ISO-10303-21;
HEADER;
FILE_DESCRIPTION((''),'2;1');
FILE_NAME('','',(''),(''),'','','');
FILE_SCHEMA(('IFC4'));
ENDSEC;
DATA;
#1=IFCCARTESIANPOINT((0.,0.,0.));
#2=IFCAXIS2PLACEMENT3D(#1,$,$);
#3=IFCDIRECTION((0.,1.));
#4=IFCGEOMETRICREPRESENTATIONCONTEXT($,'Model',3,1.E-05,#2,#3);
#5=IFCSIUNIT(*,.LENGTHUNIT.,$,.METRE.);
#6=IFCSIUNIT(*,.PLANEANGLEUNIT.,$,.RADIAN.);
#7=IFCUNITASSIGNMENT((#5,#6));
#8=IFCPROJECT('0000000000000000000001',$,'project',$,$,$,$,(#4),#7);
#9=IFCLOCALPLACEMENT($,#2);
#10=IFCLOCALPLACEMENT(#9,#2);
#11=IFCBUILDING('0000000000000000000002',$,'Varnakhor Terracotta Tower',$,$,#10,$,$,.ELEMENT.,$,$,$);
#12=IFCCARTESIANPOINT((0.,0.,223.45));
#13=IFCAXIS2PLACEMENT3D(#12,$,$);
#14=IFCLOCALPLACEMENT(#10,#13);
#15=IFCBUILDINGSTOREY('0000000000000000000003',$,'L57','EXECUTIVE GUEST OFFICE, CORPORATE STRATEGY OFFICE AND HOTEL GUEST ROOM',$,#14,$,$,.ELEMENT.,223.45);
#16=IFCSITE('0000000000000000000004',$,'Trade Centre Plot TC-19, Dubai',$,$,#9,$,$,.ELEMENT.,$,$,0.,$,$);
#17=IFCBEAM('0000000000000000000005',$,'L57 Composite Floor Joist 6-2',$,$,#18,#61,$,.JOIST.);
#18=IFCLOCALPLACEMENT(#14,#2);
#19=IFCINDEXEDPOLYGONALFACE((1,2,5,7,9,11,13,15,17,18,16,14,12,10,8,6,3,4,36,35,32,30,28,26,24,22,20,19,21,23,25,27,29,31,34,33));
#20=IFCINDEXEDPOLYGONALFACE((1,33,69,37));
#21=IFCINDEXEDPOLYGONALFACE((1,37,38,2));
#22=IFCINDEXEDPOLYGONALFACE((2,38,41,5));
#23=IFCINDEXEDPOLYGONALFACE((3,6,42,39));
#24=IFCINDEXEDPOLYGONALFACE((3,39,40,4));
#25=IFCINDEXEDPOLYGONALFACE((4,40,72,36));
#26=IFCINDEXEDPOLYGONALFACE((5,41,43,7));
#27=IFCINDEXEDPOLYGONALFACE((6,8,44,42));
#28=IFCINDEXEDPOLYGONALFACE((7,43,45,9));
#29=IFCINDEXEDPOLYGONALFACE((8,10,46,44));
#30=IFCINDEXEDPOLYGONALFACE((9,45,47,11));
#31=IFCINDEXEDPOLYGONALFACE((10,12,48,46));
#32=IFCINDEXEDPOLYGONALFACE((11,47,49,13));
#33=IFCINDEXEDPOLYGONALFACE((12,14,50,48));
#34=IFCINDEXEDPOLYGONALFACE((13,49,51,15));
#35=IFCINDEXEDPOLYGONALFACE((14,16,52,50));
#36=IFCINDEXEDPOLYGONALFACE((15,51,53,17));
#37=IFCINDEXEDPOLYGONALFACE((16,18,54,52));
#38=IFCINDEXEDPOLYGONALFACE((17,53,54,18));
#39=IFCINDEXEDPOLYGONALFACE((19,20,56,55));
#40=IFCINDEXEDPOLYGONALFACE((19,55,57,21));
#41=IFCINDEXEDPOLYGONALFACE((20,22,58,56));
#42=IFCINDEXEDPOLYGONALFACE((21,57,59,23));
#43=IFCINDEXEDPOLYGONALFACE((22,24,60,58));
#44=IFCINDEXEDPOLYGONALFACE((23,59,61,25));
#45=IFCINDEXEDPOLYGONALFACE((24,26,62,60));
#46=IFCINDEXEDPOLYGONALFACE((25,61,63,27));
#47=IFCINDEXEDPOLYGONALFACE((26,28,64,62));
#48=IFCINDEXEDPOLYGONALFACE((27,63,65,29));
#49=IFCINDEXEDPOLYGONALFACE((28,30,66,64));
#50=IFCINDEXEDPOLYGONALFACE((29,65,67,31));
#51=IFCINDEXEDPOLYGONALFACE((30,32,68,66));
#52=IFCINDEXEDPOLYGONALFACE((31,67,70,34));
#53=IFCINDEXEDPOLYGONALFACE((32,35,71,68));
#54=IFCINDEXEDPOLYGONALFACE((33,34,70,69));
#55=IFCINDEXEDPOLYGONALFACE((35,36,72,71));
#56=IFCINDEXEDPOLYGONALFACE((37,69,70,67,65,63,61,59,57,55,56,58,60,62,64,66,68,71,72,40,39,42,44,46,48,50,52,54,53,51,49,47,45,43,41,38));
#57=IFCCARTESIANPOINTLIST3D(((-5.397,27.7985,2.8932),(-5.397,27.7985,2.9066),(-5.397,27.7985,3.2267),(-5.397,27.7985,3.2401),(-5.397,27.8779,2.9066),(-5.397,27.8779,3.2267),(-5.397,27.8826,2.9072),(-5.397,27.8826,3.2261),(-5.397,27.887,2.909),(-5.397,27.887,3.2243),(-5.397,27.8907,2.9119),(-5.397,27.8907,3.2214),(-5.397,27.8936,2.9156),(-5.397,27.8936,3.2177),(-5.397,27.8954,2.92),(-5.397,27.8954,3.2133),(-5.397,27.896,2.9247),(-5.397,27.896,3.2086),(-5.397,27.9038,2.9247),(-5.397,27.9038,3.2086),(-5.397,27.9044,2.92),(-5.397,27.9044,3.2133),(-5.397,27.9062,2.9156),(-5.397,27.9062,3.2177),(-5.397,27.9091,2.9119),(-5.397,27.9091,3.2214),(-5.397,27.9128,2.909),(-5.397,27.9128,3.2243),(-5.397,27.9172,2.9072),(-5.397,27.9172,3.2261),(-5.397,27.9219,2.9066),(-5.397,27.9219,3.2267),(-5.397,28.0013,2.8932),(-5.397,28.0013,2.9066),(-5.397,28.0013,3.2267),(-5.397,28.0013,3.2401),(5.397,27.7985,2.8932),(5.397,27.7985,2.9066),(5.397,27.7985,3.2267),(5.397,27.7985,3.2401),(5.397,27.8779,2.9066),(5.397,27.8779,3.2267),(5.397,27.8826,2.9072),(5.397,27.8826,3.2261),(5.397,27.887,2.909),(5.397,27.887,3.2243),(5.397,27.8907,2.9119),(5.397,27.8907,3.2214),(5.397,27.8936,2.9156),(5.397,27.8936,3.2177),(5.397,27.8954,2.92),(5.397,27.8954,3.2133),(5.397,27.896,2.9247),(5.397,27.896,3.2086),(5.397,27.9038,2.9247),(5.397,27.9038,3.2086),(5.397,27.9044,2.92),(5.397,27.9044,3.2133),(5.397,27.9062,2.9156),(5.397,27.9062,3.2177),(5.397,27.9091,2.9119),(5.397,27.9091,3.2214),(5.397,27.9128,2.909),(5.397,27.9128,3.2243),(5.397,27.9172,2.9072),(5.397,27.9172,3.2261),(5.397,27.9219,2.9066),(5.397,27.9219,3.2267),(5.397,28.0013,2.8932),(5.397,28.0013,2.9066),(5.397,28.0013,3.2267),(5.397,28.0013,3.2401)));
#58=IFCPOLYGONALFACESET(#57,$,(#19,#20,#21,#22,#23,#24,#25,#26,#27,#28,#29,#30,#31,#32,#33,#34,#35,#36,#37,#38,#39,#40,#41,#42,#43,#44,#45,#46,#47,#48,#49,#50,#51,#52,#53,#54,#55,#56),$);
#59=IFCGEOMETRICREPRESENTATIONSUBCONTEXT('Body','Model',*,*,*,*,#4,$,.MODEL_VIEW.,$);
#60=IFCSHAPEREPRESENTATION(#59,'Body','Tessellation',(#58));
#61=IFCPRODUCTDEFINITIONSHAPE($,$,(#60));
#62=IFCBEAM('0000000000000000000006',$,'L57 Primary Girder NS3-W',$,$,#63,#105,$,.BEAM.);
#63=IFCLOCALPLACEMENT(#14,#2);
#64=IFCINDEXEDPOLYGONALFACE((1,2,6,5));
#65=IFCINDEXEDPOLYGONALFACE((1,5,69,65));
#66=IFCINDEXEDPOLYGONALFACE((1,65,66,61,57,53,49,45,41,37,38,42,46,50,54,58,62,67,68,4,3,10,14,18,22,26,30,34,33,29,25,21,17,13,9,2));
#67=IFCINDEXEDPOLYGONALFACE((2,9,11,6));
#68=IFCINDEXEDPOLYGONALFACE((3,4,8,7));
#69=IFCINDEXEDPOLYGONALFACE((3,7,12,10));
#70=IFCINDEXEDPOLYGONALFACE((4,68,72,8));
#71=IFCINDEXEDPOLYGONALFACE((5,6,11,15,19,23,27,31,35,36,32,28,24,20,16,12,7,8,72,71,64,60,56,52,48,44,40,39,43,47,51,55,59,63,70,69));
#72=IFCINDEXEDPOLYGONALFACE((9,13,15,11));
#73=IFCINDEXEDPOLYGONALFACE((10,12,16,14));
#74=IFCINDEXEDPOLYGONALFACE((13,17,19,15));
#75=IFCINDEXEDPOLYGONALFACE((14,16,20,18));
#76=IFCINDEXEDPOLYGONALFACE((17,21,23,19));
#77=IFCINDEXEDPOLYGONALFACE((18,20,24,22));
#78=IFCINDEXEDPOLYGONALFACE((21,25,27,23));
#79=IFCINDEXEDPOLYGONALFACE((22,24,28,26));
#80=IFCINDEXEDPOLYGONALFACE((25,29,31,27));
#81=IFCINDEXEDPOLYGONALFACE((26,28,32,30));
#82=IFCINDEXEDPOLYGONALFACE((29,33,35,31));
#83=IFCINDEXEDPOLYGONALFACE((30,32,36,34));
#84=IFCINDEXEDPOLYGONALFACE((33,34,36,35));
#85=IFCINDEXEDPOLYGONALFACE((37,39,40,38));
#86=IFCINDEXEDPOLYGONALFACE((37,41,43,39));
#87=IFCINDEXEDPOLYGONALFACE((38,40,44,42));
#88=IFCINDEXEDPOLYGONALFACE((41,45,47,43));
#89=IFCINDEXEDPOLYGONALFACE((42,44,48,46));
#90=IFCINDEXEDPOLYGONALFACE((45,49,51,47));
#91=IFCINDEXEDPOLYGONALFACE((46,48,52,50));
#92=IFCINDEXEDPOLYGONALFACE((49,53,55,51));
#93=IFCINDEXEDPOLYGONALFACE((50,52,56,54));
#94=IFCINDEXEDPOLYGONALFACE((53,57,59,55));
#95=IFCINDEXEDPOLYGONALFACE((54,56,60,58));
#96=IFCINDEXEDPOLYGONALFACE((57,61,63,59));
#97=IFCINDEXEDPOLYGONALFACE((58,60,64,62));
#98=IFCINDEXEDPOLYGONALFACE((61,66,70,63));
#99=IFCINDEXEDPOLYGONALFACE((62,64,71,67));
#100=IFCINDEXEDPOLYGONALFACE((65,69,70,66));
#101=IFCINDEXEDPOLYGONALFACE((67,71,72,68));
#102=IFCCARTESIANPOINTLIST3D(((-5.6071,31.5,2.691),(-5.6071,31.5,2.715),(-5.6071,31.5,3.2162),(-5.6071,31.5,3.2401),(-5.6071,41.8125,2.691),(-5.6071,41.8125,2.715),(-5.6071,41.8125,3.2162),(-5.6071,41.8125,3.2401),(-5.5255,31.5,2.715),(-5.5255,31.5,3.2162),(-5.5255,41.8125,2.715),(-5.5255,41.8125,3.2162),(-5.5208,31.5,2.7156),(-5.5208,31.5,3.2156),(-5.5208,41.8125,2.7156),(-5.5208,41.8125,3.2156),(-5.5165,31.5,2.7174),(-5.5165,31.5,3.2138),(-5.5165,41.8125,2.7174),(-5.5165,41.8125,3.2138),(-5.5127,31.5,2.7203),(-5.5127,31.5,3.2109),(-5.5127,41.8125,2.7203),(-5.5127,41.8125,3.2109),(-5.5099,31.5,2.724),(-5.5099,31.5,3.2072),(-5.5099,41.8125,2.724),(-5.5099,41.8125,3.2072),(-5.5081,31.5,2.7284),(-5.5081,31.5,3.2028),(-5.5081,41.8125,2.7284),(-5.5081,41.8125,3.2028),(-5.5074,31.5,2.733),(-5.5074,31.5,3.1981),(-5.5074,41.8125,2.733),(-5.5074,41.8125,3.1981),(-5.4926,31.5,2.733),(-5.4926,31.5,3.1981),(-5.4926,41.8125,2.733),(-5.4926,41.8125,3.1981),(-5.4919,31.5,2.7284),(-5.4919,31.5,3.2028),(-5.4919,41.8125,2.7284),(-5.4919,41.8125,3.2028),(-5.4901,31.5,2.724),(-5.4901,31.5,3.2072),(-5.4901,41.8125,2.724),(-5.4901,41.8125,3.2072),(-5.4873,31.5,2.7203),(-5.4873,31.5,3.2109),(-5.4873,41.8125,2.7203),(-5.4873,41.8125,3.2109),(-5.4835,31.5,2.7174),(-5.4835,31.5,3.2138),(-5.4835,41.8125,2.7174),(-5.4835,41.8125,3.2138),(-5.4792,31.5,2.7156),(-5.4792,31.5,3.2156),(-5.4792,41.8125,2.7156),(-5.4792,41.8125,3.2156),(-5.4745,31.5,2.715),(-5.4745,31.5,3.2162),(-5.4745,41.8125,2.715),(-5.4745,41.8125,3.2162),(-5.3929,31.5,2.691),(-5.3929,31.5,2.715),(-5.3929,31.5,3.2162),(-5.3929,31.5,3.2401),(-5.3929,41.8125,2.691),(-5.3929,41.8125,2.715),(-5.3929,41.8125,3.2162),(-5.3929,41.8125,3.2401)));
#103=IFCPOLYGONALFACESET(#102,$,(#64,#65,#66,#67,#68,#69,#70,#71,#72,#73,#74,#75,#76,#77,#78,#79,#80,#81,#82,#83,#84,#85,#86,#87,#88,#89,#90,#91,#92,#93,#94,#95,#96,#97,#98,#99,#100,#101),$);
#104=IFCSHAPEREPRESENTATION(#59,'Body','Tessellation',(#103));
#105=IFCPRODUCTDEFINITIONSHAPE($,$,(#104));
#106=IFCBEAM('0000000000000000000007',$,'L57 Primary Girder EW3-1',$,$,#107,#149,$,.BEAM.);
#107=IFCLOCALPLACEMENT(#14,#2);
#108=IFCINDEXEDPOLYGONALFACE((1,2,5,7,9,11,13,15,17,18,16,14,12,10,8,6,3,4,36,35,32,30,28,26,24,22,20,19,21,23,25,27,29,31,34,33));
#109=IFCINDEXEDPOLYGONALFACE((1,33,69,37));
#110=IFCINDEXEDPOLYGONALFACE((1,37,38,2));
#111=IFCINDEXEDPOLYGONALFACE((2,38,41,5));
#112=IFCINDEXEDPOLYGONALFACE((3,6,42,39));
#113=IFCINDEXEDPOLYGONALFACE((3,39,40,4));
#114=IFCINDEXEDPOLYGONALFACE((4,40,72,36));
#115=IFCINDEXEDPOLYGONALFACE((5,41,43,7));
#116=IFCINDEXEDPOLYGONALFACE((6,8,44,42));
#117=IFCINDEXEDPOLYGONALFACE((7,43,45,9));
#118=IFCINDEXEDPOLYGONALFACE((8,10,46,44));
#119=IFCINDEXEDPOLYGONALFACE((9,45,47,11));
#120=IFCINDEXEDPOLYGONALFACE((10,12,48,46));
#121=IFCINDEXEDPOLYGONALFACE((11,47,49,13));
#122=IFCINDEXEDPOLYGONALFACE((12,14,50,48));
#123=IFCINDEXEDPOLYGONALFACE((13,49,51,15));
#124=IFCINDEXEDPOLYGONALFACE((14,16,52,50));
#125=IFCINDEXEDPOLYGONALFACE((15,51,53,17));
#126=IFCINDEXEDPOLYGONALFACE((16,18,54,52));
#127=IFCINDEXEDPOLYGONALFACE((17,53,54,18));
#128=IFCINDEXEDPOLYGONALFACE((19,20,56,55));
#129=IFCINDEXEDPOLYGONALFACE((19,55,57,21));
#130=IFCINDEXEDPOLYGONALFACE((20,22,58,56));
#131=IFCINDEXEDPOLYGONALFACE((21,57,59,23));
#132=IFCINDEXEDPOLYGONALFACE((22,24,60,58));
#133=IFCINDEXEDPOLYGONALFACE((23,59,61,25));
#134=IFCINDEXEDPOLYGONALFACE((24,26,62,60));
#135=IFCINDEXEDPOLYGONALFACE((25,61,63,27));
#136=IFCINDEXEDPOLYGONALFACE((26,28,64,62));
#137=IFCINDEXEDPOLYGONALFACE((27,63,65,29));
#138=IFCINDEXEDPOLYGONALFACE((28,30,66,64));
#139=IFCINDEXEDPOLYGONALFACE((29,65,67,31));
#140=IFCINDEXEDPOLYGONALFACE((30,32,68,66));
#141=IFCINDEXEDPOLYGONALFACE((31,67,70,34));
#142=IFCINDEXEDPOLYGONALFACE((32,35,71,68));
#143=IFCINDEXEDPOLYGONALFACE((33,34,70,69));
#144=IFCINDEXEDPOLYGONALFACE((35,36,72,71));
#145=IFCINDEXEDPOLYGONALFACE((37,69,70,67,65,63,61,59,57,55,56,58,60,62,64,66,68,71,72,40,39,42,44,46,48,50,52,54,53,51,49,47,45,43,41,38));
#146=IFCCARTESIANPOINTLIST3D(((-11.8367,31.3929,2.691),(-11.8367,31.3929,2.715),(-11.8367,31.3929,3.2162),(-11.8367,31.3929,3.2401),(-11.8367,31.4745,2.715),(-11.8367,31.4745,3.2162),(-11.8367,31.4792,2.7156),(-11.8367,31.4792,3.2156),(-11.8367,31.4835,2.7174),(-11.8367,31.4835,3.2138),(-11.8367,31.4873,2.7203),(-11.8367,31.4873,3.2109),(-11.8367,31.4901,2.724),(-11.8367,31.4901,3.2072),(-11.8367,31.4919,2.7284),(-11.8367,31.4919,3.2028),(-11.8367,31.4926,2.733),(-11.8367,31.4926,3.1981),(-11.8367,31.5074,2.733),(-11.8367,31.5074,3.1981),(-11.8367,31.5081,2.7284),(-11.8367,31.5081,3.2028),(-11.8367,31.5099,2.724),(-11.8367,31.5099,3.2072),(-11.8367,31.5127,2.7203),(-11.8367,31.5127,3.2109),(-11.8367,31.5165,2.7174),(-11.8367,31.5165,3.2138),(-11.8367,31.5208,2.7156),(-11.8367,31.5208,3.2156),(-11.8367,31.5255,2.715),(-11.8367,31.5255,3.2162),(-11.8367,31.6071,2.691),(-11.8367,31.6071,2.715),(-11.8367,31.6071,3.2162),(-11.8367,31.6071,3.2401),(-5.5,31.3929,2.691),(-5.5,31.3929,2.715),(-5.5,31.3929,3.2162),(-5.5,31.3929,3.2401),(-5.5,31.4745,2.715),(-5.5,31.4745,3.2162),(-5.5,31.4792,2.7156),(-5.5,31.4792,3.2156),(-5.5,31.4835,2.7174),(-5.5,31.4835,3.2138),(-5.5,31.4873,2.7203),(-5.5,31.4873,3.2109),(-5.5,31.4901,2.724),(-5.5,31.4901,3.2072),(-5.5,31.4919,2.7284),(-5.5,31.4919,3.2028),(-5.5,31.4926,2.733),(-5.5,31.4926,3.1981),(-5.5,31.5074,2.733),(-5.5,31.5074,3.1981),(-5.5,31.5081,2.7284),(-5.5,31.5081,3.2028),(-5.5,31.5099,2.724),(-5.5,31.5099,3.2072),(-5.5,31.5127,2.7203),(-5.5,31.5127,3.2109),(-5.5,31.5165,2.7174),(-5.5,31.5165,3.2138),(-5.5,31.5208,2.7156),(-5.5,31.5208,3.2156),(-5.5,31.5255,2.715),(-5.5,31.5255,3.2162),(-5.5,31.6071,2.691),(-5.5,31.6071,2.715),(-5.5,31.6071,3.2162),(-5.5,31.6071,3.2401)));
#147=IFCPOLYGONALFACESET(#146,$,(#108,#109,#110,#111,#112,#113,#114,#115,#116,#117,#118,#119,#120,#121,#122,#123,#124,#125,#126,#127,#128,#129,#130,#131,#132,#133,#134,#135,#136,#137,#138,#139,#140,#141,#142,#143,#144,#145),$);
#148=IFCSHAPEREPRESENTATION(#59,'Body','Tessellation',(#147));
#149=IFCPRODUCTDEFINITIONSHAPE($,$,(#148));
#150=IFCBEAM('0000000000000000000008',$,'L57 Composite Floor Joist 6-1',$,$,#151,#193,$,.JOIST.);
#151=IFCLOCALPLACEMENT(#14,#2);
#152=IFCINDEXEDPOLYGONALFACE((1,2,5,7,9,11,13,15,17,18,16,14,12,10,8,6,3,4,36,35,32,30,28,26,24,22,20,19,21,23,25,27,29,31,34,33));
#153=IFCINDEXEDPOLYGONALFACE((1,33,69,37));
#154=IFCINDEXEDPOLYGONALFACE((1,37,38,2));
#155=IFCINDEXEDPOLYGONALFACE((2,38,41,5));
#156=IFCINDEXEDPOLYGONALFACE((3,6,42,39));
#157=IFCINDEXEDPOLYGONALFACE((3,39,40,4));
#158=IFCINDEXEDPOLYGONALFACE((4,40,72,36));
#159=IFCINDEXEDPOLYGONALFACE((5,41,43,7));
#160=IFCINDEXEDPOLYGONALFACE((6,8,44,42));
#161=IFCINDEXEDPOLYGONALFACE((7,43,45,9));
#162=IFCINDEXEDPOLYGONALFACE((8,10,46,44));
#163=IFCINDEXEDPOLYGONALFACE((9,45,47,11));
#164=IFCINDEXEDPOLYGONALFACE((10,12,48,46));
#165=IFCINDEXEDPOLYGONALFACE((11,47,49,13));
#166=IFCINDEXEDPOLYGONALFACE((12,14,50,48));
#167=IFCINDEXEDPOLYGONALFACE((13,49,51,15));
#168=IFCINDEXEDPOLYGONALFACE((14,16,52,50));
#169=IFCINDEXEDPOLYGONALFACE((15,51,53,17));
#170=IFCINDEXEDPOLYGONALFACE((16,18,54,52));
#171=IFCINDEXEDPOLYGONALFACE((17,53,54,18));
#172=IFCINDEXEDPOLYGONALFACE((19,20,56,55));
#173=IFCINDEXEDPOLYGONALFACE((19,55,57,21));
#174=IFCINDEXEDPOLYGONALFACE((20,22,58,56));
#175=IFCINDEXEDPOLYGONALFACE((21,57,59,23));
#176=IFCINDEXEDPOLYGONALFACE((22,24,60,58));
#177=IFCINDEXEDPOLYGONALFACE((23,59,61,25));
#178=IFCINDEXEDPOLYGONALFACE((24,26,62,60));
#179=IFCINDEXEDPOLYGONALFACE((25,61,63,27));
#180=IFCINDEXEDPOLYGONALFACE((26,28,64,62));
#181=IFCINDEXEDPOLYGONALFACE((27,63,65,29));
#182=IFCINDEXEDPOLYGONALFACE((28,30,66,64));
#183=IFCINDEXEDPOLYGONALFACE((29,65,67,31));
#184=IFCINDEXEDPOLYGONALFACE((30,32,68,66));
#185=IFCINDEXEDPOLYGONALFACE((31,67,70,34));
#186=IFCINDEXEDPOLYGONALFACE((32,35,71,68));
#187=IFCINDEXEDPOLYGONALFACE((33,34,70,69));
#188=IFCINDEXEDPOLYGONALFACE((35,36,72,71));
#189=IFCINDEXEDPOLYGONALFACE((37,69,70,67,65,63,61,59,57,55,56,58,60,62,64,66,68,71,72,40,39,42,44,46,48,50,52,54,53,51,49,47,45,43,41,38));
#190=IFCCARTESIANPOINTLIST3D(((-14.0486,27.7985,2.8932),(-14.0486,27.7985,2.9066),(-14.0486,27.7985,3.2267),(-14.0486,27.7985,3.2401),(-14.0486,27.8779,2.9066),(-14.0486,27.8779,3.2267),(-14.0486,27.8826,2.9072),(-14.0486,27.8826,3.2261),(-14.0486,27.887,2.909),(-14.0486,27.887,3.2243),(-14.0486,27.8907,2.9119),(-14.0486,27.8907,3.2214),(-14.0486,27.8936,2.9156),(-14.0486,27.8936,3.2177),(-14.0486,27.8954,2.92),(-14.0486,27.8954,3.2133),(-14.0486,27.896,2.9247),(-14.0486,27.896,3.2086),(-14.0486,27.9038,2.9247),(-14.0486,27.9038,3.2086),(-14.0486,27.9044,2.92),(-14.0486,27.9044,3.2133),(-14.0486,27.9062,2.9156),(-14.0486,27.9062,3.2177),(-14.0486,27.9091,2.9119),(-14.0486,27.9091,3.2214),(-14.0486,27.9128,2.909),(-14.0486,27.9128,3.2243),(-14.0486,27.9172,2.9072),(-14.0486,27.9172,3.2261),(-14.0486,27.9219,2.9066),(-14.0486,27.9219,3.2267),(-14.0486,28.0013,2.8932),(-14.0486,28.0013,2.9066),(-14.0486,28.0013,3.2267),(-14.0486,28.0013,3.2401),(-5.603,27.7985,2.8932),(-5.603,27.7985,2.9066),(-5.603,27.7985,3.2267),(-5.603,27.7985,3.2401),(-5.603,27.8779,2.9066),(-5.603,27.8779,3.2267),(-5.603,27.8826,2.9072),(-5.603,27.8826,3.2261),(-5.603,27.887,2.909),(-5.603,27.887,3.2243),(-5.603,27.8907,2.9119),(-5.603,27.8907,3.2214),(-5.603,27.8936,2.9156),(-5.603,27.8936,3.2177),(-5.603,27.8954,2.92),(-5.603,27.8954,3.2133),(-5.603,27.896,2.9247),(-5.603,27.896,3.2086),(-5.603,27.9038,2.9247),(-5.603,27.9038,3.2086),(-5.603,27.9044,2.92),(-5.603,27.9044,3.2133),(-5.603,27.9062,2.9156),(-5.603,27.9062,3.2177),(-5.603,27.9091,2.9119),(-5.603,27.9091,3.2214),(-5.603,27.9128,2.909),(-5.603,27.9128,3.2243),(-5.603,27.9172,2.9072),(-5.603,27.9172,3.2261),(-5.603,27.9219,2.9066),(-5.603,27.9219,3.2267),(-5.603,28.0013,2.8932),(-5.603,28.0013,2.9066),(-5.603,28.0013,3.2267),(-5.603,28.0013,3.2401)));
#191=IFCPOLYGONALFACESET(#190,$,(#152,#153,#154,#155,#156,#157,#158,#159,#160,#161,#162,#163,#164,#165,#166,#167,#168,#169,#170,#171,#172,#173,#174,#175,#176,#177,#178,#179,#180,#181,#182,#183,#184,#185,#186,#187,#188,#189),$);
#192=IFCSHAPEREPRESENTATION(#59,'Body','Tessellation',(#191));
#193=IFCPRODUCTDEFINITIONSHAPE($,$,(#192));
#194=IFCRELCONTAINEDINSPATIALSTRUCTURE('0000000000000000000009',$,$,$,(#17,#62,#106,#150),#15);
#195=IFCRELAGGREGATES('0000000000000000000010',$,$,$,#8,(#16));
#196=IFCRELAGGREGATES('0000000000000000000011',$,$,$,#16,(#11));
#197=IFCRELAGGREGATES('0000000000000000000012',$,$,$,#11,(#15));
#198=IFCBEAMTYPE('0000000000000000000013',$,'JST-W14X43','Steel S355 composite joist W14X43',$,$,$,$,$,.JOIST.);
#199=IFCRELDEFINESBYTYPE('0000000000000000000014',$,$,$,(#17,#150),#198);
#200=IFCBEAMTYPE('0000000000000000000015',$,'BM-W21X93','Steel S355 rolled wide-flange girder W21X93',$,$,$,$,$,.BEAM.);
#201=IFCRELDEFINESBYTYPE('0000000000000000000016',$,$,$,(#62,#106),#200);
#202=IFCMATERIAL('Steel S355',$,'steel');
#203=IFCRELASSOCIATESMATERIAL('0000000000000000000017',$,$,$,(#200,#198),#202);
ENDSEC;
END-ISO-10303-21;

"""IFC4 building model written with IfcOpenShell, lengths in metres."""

from ifc_helpers import new_model, si_unit, direction, frame, origin, origin_2d, place, context, subcontext, project, spatial, i_section, extrude, source, transform, mapped, material, material_profile, profile_set, type_object, element, save


model = new_model("IFC4")

# Units and contexts
model_context = context("Model", 3, precision=1e-05, world=origin(), true_north=direction((0.0, 1.0)))
body_context = subcontext(model_context, "Body", "Model", "MODEL_VIEW")
ifc_project = project(units=[si_unit("LENGTHUNIT", "METRE"), si_unit("PLANEANGLEUNIT", "RADIAN")], contexts=[model_context])

# Site, building, storey
site_placement = place(None, origin())
site = spatial("IfcSite", under=ifc_project, at=site_placement, Name="Trade Centre Plot TC-19, Dubai", CompositionType="ELEMENT", RefElevation=0.0)
building_placement = place(site_placement, origin())
building = spatial("IfcBuilding", under=site, at=building_placement, Name="Varnakhor Terracotta Tower", CompositionType="ELEMENT")
storey_placement = place(building_placement, frame((0.0, 0.0, 223.45)))
storey = spatial("IfcBuildingStorey", under=building, at=storey_placement, Name="L57", Description="EXECUTIVE GUEST OFFICE, CORPORATE STRATEGY OFFICE AND HOTEL GUEST ROOM", CompositionType="ELEMENT", Elevation=223.45)

# Beams
ifc_material_1 = material(Name="Steel S355", Category="steel")
ifc_material_profile_1 = material_profile(ifc_material_1, i_section(OverallWidth=0.2141, OverallDepth=0.5491, WebThickness=0.0149, FlangeThickness=0.0239, FilletRadius=0.0181, at=origin_2d()), Name="W21X93")
ifc_profile_set_1 = profile_set([ifc_material_profile_1], Name="Steel S355")
beam_type_1 = type_object("IfcBeamType", Name="BM-W21X93", Description="Steel S355 rolled wide-flange girder W21X93", PredefinedType="BEAM", material=ifc_profile_set_1)
ifc_material_profile_2 = material_profile(ifc_material_1, i_section(OverallWidth=0.2029, OverallDepth=0.3469, WebThickness=0.0078, FlangeThickness=0.0134, FilletRadius=0.0181, at=origin_2d()), Name="W14X43")
ifc_profile_set_2 = profile_set([ifc_material_profile_2], Name="Steel S355")
beam_type_2 = type_object("IfcBeamType", Name="JST-W14X43", Description="Steel S355 composite joist W14X43", PredefinedType="JOIST", material=ifc_profile_set_2)
shared_shape_1 = source(origin(), body_context, "Body", "SweptSolid", [
    extrude(i_section(OverallWidth=0.2029, OverallDepth=0.3469, WebThickness=0.0078, FlangeThickness=0.0134, FilletRadius=0.0181, at=origin_2d()), origin(), (0.0, 0.0, 1.0), 10.7939),
])
beam_1_placement = place(storey_placement, frame((-5.397, 27.8999, 3.0667), z_axis=(1.0, 0.0, 0.0), x_axis=(0.0, 1.0, 0.0)))
element("IfcBeam", 1, at=beam_1_placement, inside=storey, type_object=beam_type_2, Name="L57 Composite Floor Joist 6-2", PredefinedType="JOIST", context=body_context, shape_type="MappedRepresentation", body=[
    mapped(shared_shape_1, transform((0.0, 0.0, 0.0), scale=1.0)),
])
shared_shape_2 = source(origin(), body_context, "Body", "SweptSolid", [
    extrude(i_section(OverallWidth=0.2141, OverallDepth=0.5491, WebThickness=0.0149, FlangeThickness=0.0239, FilletRadius=0.0181, at=origin_2d()), origin(), (0.0, 0.0, 1.0), 10.3125),
])
beam_2_placement = place(storey_placement, frame((-5.5, 31.5, 2.9656), z_axis=(0.0, 1.0, 0.0), x_axis=(-1.0, 0.0, 0.0)))
element("IfcBeam", 2, at=beam_2_placement, inside=storey, type_object=beam_type_1, Name="L57 Primary Girder NS3-W", PredefinedType="BEAM", context=body_context, shape_type="MappedRepresentation", body=[
    mapped(shared_shape_2, transform((0.0, 0.0, 0.0), scale=1.0)),
])
shared_shape_3 = source(origin(), body_context, "Body", "SweptSolid", [
    extrude(i_section(OverallWidth=0.2141, OverallDepth=0.5491, WebThickness=0.0149, FlangeThickness=0.0239, FilletRadius=0.0181, at=origin_2d()), origin(), (0.0, 0.0, 1.0), 6.3367),
])
beam_3_placement = place(storey_placement, frame((-11.8367, 31.5, 2.9656), z_axis=(1.0, 0.0, 0.0), x_axis=(0.0, 1.0, 0.0)))
element("IfcBeam", 3, at=beam_3_placement, inside=storey, type_object=beam_type_1, Name="L57 Primary Girder EW3-1", PredefinedType="BEAM", context=body_context, shape_type="MappedRepresentation", body=[
    mapped(shared_shape_3, transform((0.0, 0.0, 0.0), scale=1.0)),
])
shared_shape_4 = source(origin(), body_context, "Body", "SweptSolid", [
    extrude(i_section(OverallWidth=0.2029, OverallDepth=0.3469, WebThickness=0.0078, FlangeThickness=0.0134, FilletRadius=0.0181, at=origin_2d()), origin(), (0.0, 0.0, 1.0), 8.4456),
])
beam_4_placement = place(storey_placement, frame((-14.0486, 27.8999, 3.0667), z_axis=(1.0, 0.0, 0.0), x_axis=(0.0, 1.0, 0.0)))
element("IfcBeam", 4, at=beam_4_placement, inside=storey, type_object=beam_type_2, Name="L57 Composite Floor Joist 6-1", PredefinedType="JOIST", context=body_context, shape_type="MappedRepresentation", body=[
    mapped(shared_shape_4, transform((0.0, 0.0, 0.0), scale=1.0)),
])

save(model, "model.ifc")
